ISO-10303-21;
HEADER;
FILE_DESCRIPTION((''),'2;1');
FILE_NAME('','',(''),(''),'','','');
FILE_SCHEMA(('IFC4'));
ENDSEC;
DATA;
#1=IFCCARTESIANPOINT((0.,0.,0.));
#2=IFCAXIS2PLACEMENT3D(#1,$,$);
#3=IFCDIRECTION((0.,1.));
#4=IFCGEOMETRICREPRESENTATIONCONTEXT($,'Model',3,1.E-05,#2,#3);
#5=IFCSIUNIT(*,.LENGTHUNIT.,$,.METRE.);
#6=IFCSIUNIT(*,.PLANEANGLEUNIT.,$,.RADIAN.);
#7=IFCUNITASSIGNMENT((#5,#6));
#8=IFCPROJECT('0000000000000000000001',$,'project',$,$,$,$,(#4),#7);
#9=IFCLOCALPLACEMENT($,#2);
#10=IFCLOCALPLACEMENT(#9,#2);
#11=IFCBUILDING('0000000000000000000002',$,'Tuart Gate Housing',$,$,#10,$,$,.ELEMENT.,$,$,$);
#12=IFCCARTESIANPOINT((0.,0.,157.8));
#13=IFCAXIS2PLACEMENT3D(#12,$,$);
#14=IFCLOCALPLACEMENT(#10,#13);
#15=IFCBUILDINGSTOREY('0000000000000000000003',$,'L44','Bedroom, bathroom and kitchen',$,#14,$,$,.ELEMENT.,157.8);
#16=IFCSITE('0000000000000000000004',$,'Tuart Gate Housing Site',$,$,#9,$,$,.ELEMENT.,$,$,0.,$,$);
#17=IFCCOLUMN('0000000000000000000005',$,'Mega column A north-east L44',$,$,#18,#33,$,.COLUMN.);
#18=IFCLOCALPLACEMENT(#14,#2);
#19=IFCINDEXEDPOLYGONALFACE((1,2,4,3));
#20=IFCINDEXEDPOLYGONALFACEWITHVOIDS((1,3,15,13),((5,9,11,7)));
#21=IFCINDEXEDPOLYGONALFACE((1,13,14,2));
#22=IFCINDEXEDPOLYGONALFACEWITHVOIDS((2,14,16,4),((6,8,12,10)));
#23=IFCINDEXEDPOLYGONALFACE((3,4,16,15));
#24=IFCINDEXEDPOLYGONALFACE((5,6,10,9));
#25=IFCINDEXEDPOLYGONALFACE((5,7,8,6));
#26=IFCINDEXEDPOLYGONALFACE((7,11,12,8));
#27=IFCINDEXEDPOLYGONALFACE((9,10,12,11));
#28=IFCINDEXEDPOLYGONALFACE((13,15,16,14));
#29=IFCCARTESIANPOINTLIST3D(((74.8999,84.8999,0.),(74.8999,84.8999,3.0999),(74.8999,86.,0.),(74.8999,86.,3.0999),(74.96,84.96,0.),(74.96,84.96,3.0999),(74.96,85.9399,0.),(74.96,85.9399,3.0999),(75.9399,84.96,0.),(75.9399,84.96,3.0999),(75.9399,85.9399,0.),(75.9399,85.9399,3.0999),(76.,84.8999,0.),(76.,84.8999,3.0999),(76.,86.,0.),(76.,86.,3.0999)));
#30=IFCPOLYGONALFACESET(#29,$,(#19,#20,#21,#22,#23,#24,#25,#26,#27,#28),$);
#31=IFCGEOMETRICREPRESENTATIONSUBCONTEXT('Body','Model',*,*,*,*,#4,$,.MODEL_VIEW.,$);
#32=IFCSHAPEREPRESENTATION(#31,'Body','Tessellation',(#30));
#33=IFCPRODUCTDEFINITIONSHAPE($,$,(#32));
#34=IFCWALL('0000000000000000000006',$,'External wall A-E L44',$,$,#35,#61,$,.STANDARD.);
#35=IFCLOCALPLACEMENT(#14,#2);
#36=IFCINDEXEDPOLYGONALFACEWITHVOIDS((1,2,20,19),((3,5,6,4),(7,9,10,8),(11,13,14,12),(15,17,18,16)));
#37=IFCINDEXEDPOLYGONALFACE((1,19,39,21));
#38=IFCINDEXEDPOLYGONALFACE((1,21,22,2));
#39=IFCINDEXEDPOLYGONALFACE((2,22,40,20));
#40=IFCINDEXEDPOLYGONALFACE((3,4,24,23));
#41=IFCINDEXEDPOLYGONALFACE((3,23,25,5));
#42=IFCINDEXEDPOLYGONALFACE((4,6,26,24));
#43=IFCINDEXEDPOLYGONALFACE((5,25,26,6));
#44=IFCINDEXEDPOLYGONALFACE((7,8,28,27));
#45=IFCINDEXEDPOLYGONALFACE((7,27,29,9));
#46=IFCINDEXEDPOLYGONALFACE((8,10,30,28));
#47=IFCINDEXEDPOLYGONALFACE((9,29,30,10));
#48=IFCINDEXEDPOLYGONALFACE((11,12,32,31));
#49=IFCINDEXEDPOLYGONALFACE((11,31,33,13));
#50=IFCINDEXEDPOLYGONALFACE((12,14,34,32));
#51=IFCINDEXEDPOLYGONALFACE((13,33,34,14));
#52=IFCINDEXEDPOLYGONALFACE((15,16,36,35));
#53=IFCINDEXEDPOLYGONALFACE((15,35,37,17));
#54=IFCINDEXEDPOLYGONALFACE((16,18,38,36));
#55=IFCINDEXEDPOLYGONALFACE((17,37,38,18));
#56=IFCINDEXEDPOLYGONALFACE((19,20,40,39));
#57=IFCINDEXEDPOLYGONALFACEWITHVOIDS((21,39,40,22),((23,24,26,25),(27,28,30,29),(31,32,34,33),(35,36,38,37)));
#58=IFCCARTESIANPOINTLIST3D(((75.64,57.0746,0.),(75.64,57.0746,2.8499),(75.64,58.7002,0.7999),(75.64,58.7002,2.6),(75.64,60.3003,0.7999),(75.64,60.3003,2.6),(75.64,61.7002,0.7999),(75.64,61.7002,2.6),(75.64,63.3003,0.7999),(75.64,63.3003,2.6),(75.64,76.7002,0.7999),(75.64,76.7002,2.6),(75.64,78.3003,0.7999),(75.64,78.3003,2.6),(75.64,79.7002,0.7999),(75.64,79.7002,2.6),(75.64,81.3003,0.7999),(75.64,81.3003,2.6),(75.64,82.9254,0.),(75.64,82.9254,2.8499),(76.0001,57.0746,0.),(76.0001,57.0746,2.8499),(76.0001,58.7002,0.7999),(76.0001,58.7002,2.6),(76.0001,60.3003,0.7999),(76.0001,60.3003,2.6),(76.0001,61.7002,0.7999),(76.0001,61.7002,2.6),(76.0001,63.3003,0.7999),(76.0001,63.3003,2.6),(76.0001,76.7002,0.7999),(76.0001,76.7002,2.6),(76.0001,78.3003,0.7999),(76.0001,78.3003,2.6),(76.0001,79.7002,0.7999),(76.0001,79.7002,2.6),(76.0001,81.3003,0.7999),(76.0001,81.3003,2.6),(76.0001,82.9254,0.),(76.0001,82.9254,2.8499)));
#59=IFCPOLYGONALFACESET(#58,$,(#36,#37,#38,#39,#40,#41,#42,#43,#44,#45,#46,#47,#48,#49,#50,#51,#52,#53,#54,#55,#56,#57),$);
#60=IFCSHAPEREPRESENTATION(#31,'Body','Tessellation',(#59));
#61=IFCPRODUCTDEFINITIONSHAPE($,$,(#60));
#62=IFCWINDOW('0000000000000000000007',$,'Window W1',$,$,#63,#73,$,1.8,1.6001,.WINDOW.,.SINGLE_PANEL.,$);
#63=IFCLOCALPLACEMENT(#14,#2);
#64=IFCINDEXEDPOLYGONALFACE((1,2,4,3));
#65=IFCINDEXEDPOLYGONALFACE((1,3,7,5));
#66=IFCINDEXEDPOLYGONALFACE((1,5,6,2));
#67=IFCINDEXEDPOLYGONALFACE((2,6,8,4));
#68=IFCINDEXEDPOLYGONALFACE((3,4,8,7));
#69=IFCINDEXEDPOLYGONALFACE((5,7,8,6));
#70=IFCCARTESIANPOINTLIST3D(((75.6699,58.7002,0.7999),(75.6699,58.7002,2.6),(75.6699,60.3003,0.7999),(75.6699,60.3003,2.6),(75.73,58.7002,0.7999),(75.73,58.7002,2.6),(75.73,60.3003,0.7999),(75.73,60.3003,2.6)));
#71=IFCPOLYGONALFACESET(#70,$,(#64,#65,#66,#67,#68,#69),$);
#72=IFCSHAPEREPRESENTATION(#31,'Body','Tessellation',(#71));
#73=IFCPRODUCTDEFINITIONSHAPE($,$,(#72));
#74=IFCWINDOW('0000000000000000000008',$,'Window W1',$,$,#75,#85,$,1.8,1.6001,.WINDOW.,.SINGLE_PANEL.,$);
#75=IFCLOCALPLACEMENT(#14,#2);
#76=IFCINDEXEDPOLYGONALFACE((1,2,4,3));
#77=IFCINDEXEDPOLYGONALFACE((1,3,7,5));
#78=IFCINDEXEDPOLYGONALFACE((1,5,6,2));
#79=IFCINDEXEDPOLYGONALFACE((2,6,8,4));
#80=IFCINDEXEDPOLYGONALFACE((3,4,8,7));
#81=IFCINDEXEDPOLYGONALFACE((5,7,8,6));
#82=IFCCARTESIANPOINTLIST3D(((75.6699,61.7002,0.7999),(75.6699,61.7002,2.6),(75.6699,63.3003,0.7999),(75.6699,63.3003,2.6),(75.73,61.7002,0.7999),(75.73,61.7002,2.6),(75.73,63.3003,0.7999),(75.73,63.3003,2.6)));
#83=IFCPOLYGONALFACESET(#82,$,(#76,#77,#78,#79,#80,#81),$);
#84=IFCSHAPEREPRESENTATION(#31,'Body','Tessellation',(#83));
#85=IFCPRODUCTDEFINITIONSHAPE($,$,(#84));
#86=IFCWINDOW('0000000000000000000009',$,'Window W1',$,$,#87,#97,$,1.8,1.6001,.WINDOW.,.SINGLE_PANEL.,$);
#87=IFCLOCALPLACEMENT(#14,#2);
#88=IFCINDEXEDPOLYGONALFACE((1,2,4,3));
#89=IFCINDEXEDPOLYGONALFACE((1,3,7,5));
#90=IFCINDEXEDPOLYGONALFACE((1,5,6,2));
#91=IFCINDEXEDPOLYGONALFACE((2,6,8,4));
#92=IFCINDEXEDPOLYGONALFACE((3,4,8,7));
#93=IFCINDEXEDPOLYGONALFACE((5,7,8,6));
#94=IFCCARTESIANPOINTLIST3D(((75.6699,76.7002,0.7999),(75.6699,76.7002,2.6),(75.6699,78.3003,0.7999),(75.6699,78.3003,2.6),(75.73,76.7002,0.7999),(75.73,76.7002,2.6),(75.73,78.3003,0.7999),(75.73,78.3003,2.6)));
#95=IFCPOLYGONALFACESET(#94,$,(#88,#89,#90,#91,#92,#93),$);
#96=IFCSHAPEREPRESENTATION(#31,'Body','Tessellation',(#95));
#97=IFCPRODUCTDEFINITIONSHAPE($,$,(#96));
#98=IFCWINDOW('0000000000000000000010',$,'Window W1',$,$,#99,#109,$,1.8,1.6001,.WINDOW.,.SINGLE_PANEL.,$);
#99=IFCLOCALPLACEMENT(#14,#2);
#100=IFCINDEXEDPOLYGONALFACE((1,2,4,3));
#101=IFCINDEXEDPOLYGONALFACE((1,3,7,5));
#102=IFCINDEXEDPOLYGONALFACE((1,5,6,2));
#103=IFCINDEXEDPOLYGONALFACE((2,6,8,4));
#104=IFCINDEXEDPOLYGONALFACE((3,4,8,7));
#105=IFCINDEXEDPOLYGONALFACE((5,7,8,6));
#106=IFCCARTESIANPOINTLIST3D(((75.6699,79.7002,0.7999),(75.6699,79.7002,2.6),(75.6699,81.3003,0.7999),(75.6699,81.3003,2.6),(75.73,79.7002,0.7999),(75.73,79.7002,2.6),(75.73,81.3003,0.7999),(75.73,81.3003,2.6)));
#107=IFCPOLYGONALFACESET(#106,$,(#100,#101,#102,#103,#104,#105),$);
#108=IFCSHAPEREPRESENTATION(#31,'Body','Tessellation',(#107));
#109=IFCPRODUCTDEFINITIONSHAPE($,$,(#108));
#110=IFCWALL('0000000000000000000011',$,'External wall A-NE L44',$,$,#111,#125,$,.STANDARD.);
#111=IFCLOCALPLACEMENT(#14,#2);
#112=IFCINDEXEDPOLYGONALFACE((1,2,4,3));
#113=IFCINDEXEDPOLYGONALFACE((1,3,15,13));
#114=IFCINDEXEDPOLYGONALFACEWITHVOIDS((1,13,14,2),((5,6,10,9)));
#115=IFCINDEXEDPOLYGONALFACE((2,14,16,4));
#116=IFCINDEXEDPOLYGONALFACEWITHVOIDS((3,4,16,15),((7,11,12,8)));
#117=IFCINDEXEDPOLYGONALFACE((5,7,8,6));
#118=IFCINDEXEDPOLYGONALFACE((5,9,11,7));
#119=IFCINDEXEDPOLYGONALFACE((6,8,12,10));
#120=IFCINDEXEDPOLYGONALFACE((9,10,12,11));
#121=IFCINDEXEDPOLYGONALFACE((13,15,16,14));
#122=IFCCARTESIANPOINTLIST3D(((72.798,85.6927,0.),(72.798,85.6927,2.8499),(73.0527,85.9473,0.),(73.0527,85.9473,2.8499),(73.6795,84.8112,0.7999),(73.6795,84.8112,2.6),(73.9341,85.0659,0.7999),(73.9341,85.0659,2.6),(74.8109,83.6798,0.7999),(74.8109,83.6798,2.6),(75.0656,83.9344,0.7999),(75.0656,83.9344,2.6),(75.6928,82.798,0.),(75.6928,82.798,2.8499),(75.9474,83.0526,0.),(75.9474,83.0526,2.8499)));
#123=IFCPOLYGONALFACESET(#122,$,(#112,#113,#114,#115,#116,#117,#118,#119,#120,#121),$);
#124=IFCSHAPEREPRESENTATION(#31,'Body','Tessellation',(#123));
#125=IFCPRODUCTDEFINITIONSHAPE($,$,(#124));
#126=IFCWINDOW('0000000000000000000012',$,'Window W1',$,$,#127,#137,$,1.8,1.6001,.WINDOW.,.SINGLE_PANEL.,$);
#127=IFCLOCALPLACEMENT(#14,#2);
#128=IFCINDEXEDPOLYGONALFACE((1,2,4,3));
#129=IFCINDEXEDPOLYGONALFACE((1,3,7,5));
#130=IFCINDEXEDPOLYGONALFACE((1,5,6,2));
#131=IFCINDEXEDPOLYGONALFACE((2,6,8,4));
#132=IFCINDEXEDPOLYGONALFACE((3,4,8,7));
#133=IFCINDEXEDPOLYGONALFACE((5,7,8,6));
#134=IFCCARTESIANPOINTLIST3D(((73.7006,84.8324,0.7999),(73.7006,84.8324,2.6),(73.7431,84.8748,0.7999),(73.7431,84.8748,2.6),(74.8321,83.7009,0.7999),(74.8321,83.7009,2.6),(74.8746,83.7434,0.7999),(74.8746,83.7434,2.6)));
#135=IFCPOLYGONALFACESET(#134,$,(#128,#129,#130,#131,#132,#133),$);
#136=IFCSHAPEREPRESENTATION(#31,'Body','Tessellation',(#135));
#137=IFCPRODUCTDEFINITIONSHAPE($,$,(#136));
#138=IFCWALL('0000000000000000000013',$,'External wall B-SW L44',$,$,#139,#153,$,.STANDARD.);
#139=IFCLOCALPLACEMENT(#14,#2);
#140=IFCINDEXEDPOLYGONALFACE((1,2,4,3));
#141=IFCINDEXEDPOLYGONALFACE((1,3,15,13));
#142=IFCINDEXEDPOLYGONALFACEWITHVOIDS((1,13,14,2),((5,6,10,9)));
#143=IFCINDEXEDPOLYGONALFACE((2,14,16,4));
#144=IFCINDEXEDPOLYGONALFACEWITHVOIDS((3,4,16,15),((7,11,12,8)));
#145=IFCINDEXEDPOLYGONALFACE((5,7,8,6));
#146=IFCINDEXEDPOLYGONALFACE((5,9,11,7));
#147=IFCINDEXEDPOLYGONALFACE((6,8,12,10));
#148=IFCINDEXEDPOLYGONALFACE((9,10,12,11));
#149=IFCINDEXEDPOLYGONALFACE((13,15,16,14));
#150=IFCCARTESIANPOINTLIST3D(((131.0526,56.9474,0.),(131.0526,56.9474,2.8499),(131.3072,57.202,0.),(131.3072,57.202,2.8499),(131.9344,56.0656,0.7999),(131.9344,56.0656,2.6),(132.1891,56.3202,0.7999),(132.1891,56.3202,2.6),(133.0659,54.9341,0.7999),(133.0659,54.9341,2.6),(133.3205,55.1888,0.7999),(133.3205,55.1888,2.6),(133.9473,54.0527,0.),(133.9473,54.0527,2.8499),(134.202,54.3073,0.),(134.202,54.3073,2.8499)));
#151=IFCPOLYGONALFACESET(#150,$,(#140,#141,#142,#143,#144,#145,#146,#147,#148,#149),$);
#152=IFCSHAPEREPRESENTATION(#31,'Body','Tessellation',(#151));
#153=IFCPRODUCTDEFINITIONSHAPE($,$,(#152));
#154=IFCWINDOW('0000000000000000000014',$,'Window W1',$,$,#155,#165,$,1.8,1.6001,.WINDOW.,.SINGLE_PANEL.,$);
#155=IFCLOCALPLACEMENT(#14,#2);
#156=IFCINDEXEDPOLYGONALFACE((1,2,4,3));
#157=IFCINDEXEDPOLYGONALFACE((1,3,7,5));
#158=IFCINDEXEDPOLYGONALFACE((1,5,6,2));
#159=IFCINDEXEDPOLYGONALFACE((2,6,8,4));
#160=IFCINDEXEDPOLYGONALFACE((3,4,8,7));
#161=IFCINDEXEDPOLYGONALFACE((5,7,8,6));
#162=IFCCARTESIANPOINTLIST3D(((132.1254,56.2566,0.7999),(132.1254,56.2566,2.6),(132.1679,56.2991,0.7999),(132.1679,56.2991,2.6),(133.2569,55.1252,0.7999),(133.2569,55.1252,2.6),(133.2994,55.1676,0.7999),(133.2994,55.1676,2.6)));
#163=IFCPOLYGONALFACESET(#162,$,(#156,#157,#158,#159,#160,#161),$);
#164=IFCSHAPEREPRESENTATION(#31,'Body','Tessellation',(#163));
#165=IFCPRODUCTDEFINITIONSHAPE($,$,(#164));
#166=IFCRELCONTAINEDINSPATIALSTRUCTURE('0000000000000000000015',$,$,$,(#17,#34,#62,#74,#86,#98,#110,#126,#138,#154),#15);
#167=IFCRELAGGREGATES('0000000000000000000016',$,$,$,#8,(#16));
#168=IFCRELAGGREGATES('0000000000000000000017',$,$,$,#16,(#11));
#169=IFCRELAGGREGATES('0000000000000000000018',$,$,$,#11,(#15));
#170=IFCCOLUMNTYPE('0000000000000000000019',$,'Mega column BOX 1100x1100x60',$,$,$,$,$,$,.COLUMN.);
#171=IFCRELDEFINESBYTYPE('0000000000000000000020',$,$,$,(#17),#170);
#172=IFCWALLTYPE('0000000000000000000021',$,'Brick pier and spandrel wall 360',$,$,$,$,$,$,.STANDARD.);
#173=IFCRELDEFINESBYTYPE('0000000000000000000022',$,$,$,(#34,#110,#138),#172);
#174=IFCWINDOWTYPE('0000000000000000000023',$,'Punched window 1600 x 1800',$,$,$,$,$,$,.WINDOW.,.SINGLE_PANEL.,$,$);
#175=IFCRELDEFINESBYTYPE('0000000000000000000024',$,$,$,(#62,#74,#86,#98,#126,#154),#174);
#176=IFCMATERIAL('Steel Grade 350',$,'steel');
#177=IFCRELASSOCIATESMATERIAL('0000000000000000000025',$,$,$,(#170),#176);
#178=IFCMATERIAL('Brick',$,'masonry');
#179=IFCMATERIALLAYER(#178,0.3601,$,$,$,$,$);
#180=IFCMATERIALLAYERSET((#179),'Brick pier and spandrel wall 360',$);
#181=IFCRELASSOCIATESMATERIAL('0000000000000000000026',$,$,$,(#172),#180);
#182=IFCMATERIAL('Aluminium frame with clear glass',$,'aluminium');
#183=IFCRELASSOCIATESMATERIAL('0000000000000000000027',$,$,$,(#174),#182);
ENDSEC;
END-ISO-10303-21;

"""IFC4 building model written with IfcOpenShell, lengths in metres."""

from ifc_helpers import new_model, si_unit, direction, frame, frame_2d, origin, origin_2d, place, context, subcontext, project, spatial, rectangle, hollow_rectangle, extrude, material, layer, layer_set, material_profile, profile_set, type_object, element, fill, save


model = new_model("IFC4")

# Units and contexts
model_context = context("Model", 3, precision=1e-05, world=origin(), true_north=direction((0.0, 1.0)))
body_context = subcontext(model_context, "Body", "Model", "MODEL_VIEW")
ifc_project = project(units=[si_unit("LENGTHUNIT", "METRE"), si_unit("PLANEANGLEUNIT", "RADIAN")], contexts=[model_context])

# Site, building, storey
site_placement = place(None, origin())
site = spatial("IfcSite", under=ifc_project, at=site_placement, Name="Tuart Gate Housing Site", CompositionType="ELEMENT", RefElevation=0.0)
building_placement = place(site_placement, origin())
building = spatial("IfcBuilding", under=site, at=building_placement, Name="Tuart Gate Housing", CompositionType="ELEMENT")
storey_placement = place(building_placement, frame((0.0, 0.0, 157.8)))
storey = spatial("IfcBuildingStorey", under=building, at=storey_placement, Name="L44", Description="Bedroom, bathroom and kitchen", CompositionType="ELEMENT", Elevation=157.8)

# Column
ifc_material_1 = material(Name="Steel Grade 350", Category="steel")
ifc_material_profile = material_profile(ifc_material_1, hollow_rectangle(XDim=1.1001, YDim=1.1001, WallThickness=0.0601, at=origin_2d()), Name="BOX 1100x1100x60")
ifc_profile_set = profile_set([ifc_material_profile], Name="Steel Grade 350")
column_type = type_object("IfcColumnType", Name="Mega column BOX 1100x1100x60", PredefinedType="COLUMN", material=ifc_profile_set)
column_placement = place(storey_placement, frame((75.45, 85.45, 0.0), z_axis=(0.0, 0.0, 1.0), x_axis=(1.0, 0.0, 0.0)))
element("IfcColumn", 1, at=column_placement, inside=storey, type_object=column_type, Name="Mega column A north-east L44", PredefinedType="COLUMN", context=body_context, shape_type="SweptSolid", body=[
    extrude(hollow_rectangle(XDim=1.1001, YDim=1.1001, WallThickness=0.0601, at=origin_2d()), origin(), (0.0, 0.0, 1.0), 3.0999),
])

# Wall, openings, windows
ifc_material_2 = material(Name="Brick", Category="masonry")
ifc_layer_1 = layer(ifc_material_2, 0.3601)
ifc_layer_set_1 = layer_set([ifc_layer_1], Name="Brick pier and spandrel wall 360")
wall_type_1 = type_object("IfcWallType", Name="Brick pier and spandrel wall 360", PredefinedType="STANDARD", material=ifc_layer_set_1)
wall_1_placement = place(storey_placement, frame((75.8201, 57.0747, 0.0), z_axis=(0.0, 0.0, 1.0), x_axis=(0.0, 1.0, 0.0)))
wall_1 = element("IfcWall", 2, at=wall_1_placement, inside=storey, type_object=wall_type_1, Name="External wall A-E L44", PredefinedType="STANDARD", context=body_context, shape_type="SweptSolid", body=[
    extrude(rectangle(XDim=25.8508, YDim=0.3601, at=frame_2d((12.9253, 0.0))), origin(), (0.0, 0.0, 1.0), 2.8499),
])
opening_1_placement = place(wall_1_placement, frame((1.6255, 0.0, 0.8)))
opening_1 = element("IfcOpeningElement", 3, at=opening_1_placement, cuts=wall_1, PredefinedType="OPENING", context=body_context, shape_type="SweptSolid", body=[
    extrude(rectangle(XDim=1.6001, YDim=1.8, at=frame_2d((0.8, 0.8999))), frame((0.0, 0.1899, 0.0), z_axis=(0.0, -1.0, 0.0), x_axis=(1.0, 0.0, 0.0)), (0.0, 0.0, 1.0), 0.3801),
])
opening_2_placement = place(wall_1_placement, frame((4.6255, 0.0, 0.8)))
opening_2 = element("IfcOpeningElement", 4, at=opening_2_placement, cuts=wall_1, PredefinedType="OPENING", context=body_context, shape_type="SweptSolid", body=[
    extrude(rectangle(XDim=1.6001, YDim=1.8, at=frame_2d((0.8, 0.8999))), frame((0.0, 0.1899, 0.0), z_axis=(0.0, -1.0, 0.0), x_axis=(1.0, 0.0, 0.0)), (0.0, 0.0, 1.0), 0.3801),
])
opening_3_placement = place(wall_1_placement, frame((19.6255, 0.0, 0.8)))
opening_3 = element("IfcOpeningElement", 5, at=opening_3_placement, cuts=wall_1, PredefinedType="OPENING", context=body_context, shape_type="SweptSolid", body=[
    extrude(rectangle(XDim=1.6001, YDim=1.8, at=frame_2d((0.8, 0.8999))), frame((0.0, 0.1899, 0.0), z_axis=(0.0, -1.0, 0.0), x_axis=(1.0, 0.0, 0.0)), (0.0, 0.0, 1.0), 0.3801),
])
opening_4_placement = place(wall_1_placement, frame((22.6255, 0.0, 0.8)))
opening_4 = element("IfcOpeningElement", 6, at=opening_4_placement, cuts=wall_1, PredefinedType="OPENING", context=body_context, shape_type="SweptSolid", body=[
    extrude(rectangle(XDim=1.6001, YDim=1.8, at=frame_2d((0.8, 0.8999))), frame((0.0, 0.1899, 0.0), z_axis=(0.0, -1.0, 0.0), x_axis=(1.0, 0.0, 0.0)), (0.0, 0.0, 1.0), 0.3801),
])
ifc_material_3 = material(Name="Aluminium frame with clear glass", Category="aluminium")
window_type = type_object("IfcWindowType", Name="Punched window 1600 x 1800", PartitioningType="SINGLE_PANEL", PredefinedType="WINDOW", material=ifc_material_3)
window_1_placement = place(opening_1_placement, origin())
window_1 = element("IfcWindow", 7, at=window_1_placement, inside=storey, type_object=window_type, Name="Window W1", OverallHeight=1.8, OverallWidth=1.6001, PartitioningType="SINGLE_PANEL", PredefinedType="WINDOW", context=body_context, shape_type="SweptSolid", body=[
    extrude(rectangle(XDim=1.6001, YDim=1.8, at=frame_2d((0.8, 0.8999))), frame((0.0, 0.1501, 0.0), z_axis=(0.0, -1.0, 0.0), x_axis=(1.0, 0.0, 0.0)), (0.0, 0.0, 1.0), 0.0601),
])
fill(opening_1, window_1)
window_2_placement = place(opening_2_placement, origin())
window_2 = element("IfcWindow", 8, at=window_2_placement, inside=storey, type_object=window_type, Name="Window W1", OverallHeight=1.8, OverallWidth=1.6001, PartitioningType="SINGLE_PANEL", PredefinedType="WINDOW", context=body_context, shape_type="SweptSolid", body=[
    extrude(rectangle(XDim=1.6001, YDim=1.8, at=frame_2d((0.8, 0.8999))), frame((0.0, 0.1501, 0.0), z_axis=(0.0, -1.0, 0.0), x_axis=(1.0, 0.0, 0.0)), (0.0, 0.0, 1.0), 0.0601),
])
fill(opening_2, window_2)
window_3_placement = place(opening_3_placement, origin())
window_3 = element("IfcWindow", 9, at=window_3_placement, inside=storey, type_object=window_type, Name="Window W1", OverallHeight=1.8, OverallWidth=1.6001, PartitioningType="SINGLE_PANEL", PredefinedType="WINDOW", context=body_context, shape_type="SweptSolid", body=[
    extrude(rectangle(XDim=1.6001, YDim=1.8, at=frame_2d((0.8, 0.8999))), frame((0.0, 0.1501, 0.0), z_axis=(0.0, -1.0, 0.0), x_axis=(1.0, 0.0, 0.0)), (0.0, 0.0, 1.0), 0.0601),
])
fill(opening_3, window_3)
window_4_placement = place(opening_4_placement, origin())
window_4 = element("IfcWindow", 10, at=window_4_placement, inside=storey, type_object=window_type, Name="Window W1", OverallHeight=1.8, OverallWidth=1.6001, PartitioningType="SINGLE_PANEL", PredefinedType="WINDOW", context=body_context, shape_type="SweptSolid", body=[
    extrude(rectangle(XDim=1.6001, YDim=1.8, at=frame_2d((0.8, 0.8999))), frame((0.0, 0.1501, 0.0), z_axis=(0.0, -1.0, 0.0), x_axis=(1.0, 0.0, 0.0)), (0.0, 0.0, 1.0), 0.0601),
])
fill(opening_4, window_4)

# Walls, openings, windows
wall_2_placement = place(storey_placement, frame((75.8201, 82.9253, 0.0), z_axis=(0.0, 0.0, 1.0), x_axis=(-0.707107, 0.707107, 0.0)))
wall_2 = element("IfcWall", 11, at=wall_2_placement, inside=storey, type_object=wall_type_1, Name="External wall A-NE L44", PredefinedType="STANDARD", context=body_context, shape_type="SweptSolid", body=[
    extrude(rectangle(XDim=4.0938, YDim=0.3601, at=frame_2d((2.0469, 0.0))), origin(), (0.0, 0.0, 1.0), 2.8499),
])
opening_5_placement = place(wall_2_placement, frame((1.2471, 0.0, 0.8)))
opening_5 = element("IfcOpeningElement", 12, at=opening_5_placement, cuts=wall_2, PredefinedType="OPENING", context=body_context, shape_type="SweptSolid", body=[
    extrude(rectangle(XDim=1.6001, YDim=1.8, at=frame_2d((0.8, 0.8999))), frame((0.0, 0.1899, 0.0), z_axis=(0.0, -1.0, 0.0), x_axis=(1.0, 0.0, 0.0)), (0.0, 0.0, 1.0), 0.3801),
])
window_5_placement = place(opening_5_placement, origin())
window_5 = element("IfcWindow", 13, at=window_5_placement, inside=storey, type_object=window_type, Name="Window W1", OverallHeight=1.8, OverallWidth=1.6001, PartitioningType="SINGLE_PANEL", PredefinedType="WINDOW", context=body_context, shape_type="SweptSolid", body=[
    extrude(rectangle(XDim=1.6001, YDim=1.8, at=frame_2d((0.8, 0.8999))), frame((0.0, 0.1501, 0.0), z_axis=(0.0, -1.0, 0.0), x_axis=(1.0, 0.0, 0.0)), (0.0, 0.0, 1.0), 0.0601),
])
fill(opening_5, window_5)
wall_3_placement = place(storey_placement, frame((131.1799, 57.0747, 0.0), z_axis=(0.0, 0.0, 1.0), x_axis=(0.707107, -0.707107, 0.0)))
wall_3 = element("IfcWall", 14, at=wall_3_placement, inside=storey, type_object=wall_type_1, Name="External wall B-SW L44", PredefinedType="STANDARD", context=body_context, shape_type="SweptSolid", body=[
    extrude(rectangle(XDim=4.0938, YDim=0.3601, at=frame_2d((2.0469, 0.0))), origin(), (0.0, 0.0, 1.0), 2.8499),
])
opening_6_placement = place(wall_3_placement, frame((1.2471, 0.0, 0.8)))
opening_6 = element("IfcOpeningElement", 15, at=opening_6_placement, cuts=wall_3, PredefinedType="OPENING", context=body_context, shape_type="SweptSolid", body=[
    extrude(rectangle(XDim=1.6001, YDim=1.8, at=frame_2d((0.8, 0.8999))), frame((0.0, 0.1899, 0.0), z_axis=(0.0, -1.0, 0.0), x_axis=(1.0, 0.0, 0.0)), (0.0, 0.0, 1.0), 0.3801),
])
window_6_placement = place(opening_6_placement, origin())
window_6 = element("IfcWindow", 16, at=window_6_placement, inside=storey, type_object=window_type, Name="Window W1", OverallHeight=1.8, OverallWidth=1.6001, PartitioningType="SINGLE_PANEL", PredefinedType="WINDOW", context=body_context, shape_type="SweptSolid", body=[
    extrude(rectangle(XDim=1.6001, YDim=1.8, at=frame_2d((0.8, 0.8999))), frame((0.0, 0.1501, 0.0), z_axis=(0.0, -1.0, 0.0), x_axis=(1.0, 0.0, 0.0)), (0.0, 0.0, 1.0), 0.0601),
])
fill(opening_6, window_6)

save(model, "model.ifc")
